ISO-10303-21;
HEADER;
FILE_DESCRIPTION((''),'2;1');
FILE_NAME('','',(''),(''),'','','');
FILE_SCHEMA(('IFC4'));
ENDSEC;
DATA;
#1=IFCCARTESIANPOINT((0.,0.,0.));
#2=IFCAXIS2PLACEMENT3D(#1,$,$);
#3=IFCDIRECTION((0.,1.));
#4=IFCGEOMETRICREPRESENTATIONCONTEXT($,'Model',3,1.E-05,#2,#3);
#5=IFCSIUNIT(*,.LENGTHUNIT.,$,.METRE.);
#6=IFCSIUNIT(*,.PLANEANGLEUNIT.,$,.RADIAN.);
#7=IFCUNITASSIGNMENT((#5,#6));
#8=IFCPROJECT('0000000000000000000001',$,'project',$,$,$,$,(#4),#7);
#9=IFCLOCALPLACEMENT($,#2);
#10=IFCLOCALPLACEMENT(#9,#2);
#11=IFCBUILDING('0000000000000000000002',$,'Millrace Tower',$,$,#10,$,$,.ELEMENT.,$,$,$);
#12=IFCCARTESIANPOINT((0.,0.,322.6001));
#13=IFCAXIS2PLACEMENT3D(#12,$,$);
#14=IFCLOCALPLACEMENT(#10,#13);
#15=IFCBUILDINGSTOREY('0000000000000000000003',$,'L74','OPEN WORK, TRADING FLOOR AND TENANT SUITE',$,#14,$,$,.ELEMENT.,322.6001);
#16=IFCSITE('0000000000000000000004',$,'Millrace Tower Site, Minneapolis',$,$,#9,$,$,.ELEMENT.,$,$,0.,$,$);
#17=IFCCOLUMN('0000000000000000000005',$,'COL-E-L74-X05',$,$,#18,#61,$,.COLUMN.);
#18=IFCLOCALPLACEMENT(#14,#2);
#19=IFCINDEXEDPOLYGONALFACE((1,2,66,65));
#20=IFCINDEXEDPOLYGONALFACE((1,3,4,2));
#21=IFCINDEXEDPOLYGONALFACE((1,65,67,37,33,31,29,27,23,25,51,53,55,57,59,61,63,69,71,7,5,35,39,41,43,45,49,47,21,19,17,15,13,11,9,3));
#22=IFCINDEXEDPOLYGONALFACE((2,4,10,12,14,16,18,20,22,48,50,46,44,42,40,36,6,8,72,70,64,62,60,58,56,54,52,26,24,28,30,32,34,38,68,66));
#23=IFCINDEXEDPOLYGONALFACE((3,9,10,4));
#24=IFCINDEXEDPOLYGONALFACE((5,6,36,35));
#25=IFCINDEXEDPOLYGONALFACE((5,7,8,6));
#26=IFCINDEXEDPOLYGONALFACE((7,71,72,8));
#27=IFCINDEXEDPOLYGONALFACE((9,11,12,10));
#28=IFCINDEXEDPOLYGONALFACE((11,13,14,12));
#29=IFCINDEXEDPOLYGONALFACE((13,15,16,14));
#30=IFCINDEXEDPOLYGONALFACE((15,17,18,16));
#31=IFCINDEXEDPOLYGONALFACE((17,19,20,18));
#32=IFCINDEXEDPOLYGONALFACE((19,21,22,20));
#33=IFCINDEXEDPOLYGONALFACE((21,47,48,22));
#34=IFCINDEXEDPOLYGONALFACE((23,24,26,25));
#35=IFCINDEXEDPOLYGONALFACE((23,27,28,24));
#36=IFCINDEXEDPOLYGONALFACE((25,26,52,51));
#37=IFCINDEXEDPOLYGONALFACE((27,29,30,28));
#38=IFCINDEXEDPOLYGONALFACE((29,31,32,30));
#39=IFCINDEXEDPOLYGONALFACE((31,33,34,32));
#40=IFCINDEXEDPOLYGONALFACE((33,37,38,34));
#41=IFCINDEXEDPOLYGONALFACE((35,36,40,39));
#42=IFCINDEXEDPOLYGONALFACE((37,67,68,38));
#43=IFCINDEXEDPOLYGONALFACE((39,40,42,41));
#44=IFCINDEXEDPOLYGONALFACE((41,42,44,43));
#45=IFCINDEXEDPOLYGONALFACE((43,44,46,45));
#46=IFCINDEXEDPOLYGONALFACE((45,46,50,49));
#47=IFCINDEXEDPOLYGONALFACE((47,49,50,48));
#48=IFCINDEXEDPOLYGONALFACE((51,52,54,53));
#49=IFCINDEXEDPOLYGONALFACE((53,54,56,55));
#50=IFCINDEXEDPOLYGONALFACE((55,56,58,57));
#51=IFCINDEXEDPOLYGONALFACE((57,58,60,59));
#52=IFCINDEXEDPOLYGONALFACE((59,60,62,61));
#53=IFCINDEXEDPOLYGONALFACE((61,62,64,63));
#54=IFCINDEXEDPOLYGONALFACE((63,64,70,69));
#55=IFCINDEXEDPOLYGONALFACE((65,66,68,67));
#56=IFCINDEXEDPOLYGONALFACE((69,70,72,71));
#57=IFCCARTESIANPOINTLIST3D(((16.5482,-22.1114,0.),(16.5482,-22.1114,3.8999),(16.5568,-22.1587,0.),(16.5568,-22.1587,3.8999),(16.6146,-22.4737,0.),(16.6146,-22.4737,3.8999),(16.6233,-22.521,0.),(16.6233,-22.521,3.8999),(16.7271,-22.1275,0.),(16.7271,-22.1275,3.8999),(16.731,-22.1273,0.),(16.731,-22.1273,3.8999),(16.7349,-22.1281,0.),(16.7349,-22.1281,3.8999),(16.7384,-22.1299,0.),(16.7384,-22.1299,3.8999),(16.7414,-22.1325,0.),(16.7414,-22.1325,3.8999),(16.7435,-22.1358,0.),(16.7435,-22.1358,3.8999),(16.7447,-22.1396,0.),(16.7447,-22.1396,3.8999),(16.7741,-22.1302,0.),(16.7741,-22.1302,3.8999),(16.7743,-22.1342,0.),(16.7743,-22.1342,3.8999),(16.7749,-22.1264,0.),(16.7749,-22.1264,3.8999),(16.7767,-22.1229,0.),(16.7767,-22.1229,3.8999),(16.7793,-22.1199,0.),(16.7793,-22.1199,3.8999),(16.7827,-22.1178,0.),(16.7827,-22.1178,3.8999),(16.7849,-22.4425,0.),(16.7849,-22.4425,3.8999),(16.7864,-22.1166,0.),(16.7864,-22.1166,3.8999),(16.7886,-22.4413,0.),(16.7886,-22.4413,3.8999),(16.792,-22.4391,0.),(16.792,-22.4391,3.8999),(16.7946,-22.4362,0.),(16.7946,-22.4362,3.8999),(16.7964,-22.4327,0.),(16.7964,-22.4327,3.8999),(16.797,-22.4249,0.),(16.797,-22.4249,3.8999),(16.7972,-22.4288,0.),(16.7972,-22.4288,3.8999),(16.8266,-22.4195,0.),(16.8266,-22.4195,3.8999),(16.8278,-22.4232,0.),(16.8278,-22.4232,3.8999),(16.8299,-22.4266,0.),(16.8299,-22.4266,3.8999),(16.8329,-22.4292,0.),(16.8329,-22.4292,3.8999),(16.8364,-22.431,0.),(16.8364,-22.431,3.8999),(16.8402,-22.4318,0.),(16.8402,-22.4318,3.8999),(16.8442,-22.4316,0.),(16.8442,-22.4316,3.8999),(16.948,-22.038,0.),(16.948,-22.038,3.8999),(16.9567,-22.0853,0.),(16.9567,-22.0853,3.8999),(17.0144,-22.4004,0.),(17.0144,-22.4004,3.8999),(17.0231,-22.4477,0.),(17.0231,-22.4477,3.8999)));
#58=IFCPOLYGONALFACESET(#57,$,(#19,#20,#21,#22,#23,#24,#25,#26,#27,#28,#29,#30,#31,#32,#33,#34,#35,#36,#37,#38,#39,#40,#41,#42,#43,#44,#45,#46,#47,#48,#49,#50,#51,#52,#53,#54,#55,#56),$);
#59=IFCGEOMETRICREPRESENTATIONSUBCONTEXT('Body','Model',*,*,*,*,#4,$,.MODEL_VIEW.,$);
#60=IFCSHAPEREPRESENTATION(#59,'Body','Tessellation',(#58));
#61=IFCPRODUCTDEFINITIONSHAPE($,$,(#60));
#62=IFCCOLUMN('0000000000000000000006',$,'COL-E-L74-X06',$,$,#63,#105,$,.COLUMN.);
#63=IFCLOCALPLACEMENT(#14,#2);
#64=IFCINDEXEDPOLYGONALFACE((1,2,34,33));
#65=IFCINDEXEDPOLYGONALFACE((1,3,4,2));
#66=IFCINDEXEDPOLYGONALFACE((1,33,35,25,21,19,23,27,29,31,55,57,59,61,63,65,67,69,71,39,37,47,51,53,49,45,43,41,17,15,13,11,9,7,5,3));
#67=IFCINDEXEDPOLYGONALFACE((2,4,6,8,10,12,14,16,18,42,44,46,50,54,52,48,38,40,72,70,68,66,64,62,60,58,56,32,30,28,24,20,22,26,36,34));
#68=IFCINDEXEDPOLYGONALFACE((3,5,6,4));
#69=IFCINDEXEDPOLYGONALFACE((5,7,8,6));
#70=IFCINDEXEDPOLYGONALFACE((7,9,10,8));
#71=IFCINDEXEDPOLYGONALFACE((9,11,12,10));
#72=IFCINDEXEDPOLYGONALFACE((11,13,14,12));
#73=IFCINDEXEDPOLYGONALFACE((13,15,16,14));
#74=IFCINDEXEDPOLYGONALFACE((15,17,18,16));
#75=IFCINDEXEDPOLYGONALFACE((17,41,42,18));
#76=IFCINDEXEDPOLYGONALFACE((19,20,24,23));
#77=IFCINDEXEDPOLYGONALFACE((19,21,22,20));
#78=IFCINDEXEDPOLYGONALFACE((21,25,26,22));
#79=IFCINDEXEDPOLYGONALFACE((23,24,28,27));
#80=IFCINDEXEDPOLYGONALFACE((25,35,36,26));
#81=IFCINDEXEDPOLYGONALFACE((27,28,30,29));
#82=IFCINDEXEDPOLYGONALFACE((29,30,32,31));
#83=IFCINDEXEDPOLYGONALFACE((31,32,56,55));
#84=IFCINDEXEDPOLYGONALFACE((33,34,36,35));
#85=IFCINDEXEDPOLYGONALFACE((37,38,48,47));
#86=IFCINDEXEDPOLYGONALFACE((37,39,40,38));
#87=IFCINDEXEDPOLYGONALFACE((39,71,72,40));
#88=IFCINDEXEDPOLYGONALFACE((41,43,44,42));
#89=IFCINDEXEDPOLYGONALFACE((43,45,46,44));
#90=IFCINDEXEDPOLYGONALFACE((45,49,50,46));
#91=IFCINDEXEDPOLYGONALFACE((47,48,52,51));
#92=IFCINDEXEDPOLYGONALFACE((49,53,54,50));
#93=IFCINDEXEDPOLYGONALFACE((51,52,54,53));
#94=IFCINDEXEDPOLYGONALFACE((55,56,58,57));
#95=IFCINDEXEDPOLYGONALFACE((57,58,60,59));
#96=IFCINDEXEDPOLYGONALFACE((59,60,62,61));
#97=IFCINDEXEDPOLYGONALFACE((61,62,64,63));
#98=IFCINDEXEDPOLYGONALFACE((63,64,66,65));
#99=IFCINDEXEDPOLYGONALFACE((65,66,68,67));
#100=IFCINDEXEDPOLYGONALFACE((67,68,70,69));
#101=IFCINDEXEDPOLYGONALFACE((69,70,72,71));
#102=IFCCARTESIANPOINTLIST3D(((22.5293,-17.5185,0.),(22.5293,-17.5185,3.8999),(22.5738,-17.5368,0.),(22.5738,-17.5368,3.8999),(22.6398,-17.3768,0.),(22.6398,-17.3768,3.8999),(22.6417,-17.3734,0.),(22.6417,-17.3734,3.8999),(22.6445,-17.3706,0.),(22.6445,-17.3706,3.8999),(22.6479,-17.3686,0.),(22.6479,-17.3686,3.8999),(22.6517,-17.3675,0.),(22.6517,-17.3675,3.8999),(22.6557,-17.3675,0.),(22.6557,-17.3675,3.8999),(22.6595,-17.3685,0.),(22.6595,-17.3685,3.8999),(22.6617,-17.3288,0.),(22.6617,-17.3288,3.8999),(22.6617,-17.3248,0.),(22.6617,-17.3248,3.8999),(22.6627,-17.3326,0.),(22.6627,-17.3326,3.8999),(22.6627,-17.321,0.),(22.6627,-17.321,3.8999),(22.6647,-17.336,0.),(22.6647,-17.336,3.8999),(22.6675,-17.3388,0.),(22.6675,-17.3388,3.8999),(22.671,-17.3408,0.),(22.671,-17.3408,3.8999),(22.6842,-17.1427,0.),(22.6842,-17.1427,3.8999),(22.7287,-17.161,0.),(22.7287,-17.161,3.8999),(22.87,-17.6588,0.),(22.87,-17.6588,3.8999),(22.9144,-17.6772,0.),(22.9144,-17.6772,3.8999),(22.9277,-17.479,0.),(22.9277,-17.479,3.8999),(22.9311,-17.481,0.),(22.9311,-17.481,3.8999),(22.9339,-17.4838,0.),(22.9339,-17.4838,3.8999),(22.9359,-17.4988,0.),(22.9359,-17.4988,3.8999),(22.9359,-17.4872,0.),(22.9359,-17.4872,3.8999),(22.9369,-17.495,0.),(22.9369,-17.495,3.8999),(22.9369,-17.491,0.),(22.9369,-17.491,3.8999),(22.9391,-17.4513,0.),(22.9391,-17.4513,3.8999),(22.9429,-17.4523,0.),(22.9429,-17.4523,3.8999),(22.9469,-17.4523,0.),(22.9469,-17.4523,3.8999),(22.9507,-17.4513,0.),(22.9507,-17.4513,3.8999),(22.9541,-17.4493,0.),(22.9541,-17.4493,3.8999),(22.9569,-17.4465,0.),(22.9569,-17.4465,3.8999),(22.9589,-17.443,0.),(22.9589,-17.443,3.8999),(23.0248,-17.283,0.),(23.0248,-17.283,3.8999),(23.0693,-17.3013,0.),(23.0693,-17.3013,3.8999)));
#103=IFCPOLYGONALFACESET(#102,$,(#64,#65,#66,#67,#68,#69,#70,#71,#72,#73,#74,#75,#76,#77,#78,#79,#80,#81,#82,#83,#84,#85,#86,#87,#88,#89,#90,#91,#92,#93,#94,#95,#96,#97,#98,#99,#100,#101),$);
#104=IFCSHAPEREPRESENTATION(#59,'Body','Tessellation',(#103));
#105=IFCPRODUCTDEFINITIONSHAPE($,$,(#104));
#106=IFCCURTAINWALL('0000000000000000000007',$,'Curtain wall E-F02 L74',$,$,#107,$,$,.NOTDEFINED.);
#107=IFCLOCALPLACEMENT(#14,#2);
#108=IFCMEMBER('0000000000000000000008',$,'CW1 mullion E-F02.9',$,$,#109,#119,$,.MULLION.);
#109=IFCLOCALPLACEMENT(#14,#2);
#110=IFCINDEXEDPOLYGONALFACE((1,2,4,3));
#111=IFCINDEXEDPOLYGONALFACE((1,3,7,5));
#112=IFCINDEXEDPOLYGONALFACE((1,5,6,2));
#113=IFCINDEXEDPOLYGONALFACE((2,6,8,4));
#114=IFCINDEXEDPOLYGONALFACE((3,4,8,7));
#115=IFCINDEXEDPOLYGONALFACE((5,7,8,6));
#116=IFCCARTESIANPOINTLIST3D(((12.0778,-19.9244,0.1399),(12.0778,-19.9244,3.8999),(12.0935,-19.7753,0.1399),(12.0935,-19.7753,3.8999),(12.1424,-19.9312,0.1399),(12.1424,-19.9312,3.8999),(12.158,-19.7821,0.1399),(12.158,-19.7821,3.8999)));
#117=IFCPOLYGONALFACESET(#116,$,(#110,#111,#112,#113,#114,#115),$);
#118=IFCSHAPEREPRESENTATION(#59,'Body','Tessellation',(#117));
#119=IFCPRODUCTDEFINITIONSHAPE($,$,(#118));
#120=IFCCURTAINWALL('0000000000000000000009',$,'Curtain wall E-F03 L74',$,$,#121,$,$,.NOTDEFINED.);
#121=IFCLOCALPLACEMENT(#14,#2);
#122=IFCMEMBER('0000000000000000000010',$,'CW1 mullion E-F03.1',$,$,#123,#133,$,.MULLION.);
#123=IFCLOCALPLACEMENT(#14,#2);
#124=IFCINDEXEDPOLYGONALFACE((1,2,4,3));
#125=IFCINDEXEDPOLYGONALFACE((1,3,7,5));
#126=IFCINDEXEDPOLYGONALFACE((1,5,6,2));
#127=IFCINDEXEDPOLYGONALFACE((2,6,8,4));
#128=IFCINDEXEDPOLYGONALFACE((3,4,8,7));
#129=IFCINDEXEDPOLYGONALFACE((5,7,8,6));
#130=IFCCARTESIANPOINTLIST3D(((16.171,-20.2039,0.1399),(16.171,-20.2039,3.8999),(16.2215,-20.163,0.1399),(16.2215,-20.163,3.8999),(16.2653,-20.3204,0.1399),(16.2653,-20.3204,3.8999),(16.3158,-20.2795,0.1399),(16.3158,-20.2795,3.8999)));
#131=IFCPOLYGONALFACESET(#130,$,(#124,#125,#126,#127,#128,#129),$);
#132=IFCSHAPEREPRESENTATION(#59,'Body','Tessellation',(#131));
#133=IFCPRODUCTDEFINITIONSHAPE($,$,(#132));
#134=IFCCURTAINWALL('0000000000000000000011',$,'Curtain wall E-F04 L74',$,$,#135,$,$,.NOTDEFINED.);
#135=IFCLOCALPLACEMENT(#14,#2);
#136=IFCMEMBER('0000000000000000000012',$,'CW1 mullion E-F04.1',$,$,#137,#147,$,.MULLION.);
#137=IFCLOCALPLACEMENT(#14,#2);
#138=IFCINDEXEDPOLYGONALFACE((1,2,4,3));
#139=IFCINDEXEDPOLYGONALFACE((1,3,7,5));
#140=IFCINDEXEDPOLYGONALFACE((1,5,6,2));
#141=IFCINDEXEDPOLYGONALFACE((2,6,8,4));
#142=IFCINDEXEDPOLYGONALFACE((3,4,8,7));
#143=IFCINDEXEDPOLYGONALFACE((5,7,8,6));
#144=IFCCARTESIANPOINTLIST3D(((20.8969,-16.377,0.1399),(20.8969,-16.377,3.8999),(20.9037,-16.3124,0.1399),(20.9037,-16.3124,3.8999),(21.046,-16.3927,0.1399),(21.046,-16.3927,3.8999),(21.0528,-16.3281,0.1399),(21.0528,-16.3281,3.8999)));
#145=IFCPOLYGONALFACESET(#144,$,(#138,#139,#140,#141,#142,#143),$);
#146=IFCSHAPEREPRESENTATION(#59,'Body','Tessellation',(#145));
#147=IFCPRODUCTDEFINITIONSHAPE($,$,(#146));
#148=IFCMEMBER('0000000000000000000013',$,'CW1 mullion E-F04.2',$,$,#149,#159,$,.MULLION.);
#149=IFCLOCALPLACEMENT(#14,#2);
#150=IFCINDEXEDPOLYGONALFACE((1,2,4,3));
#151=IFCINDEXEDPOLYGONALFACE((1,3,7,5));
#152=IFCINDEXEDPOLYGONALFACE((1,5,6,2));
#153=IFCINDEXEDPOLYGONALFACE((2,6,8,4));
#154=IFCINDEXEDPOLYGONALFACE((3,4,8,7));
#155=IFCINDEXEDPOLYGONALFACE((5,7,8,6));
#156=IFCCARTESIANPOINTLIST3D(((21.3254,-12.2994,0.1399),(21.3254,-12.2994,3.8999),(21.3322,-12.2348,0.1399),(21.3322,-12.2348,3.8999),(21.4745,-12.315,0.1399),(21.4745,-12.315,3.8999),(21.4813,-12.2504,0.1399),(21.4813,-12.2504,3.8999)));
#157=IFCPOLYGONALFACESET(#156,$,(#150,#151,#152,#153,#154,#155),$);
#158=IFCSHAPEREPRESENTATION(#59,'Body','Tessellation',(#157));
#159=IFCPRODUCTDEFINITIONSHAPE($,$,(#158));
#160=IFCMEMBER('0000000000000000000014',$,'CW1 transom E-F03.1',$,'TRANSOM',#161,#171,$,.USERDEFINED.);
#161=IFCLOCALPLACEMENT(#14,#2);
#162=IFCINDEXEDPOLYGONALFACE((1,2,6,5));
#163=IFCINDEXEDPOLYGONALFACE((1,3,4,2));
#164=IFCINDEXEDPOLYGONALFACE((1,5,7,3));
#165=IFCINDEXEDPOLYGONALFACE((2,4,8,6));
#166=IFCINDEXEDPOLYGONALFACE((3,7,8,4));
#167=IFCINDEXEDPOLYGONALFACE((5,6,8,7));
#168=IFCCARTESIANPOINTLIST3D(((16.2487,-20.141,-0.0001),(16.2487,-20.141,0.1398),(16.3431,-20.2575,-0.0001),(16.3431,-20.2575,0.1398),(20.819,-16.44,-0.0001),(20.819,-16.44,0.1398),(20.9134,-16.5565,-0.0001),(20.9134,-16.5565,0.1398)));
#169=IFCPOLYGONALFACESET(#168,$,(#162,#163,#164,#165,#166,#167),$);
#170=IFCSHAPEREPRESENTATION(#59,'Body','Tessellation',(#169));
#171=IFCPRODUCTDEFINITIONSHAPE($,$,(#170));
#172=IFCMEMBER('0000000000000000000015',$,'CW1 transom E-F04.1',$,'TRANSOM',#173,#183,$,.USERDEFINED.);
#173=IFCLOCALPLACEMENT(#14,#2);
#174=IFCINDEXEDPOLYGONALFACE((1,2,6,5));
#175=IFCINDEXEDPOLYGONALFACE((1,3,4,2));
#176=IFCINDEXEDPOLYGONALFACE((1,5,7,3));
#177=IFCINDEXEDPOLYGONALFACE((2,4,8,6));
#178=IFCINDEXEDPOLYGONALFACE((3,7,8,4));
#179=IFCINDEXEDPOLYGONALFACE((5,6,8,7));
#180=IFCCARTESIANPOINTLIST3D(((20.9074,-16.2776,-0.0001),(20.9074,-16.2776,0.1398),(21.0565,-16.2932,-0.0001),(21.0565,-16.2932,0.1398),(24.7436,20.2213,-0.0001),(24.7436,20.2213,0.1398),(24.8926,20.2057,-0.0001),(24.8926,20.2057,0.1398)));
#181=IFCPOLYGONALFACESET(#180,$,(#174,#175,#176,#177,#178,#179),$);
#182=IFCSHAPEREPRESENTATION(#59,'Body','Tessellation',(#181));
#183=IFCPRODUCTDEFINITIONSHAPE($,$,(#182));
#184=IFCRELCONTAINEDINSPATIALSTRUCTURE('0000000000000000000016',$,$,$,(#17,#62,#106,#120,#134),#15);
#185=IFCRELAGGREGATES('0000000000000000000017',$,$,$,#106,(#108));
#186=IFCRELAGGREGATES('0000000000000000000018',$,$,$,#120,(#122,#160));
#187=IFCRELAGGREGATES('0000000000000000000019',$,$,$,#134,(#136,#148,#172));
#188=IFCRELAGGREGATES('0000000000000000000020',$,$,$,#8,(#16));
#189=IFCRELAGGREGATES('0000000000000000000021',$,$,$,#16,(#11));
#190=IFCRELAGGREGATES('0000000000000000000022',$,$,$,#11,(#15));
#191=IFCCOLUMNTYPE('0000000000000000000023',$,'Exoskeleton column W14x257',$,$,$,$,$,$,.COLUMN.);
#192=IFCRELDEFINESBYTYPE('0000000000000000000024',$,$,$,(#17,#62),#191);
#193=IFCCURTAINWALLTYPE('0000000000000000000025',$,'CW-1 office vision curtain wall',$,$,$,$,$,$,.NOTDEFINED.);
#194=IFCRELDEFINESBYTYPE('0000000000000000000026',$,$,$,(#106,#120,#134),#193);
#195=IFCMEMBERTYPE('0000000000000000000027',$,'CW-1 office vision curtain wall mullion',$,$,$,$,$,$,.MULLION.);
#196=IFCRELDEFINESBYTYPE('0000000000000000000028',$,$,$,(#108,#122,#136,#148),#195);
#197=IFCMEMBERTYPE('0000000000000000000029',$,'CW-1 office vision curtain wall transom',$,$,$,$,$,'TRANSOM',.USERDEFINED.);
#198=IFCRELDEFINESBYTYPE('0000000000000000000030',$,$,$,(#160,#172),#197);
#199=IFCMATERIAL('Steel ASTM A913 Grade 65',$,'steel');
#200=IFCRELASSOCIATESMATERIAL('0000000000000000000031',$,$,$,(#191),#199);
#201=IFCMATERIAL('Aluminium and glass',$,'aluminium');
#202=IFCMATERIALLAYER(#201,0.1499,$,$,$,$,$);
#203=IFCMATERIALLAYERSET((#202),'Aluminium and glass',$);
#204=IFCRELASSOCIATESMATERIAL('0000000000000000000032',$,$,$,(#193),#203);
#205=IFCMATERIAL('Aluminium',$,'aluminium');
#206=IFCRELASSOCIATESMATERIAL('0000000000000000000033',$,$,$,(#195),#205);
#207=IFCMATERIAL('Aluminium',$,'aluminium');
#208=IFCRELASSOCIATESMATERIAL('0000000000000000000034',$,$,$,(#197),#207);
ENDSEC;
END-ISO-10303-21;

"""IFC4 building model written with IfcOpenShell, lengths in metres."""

from ifc_helpers import new_model, si_unit, direction, frame, origin, origin_2d, place, context, subcontext, project, spatial, rectangle, i_section, extrude, material, layer, layer_set, material_profile, profile_set, type_object, element, aggregate, save


model = new_model("IFC4")

# Units and contexts
model_context = context("Model", 3, precision=1e-05, world=origin(), true_north=direction((0.0, 1.0)))
body_context = subcontext(model_context, "Body", "Model", "MODEL_VIEW")
ifc_project = project(units=[si_unit("LENGTHUNIT", "METRE"), si_unit("PLANEANGLEUNIT", "RADIAN")], contexts=[model_context])

# Site, building, storey
site_placement = place(None, origin())
site = spatial("IfcSite", under=ifc_project, at=site_placement, Name="Millrace Tower Site, Minneapolis", CompositionType="ELEMENT", RefElevation=0.0)
building_placement = place(site_placement, origin())
building = spatial("IfcBuilding", under=site, at=building_placement, Name="Millrace Tower", CompositionType="ELEMENT")
storey_placement = place(building_placement, frame((0.0, 0.0, 322.6001)))
storey = spatial("IfcBuildingStorey", under=building, at=storey_placement, Name="L74", Description="OPEN WORK, TRADING FLOOR AND TENANT SUITE", CompositionType="ELEMENT", Elevation=322.6001)

# Columns
ifc_material_1 = material(Name="Steel ASTM A913 Grade 65", Category="steel")
ifc_material_profile_1 = material_profile(ifc_material_1, i_section(OverallWidth=0.4065, OverallDepth=0.4165, WebThickness=0.03, FlangeThickness=0.0481, FilletRadius=0.0151, at=origin_2d()))
ifc_profile_set_1 = profile_set([ifc_material_profile_1], Name="Steel ASTM A913 Grade 65")
column_type = type_object("IfcColumnType", Name="Exoskeleton column W14x257", PredefinedType="COLUMN", material=ifc_profile_set_1)
for number, where, z_axis, x_axis, name in (
    (1, (16.7856, -22.2795, 0.0), (0.0, 0.0, 1.0), (0.983596, 0.180387, 0.0), "COL-E-L74-X05"),
    (2, (22.7993, -17.4099, 0.0), (0.0, 0.0, 1.0), (0.380947, 0.924597, 0.0), "COL-E-L74-X06"),
):
    element("IfcColumn", number, at=place(storey_placement, frame(where, z_axis=z_axis, x_axis=x_axis)), inside=storey, type_object=column_type, Name=name, PredefinedType="COLUMN", context=body_context, shape_type="SweptSolid", body=[
        extrude(i_section(OverallWidth=0.4065, OverallDepth=0.4165, WebThickness=0.03, FlangeThickness=0.0481, FilletRadius=0.0151, at=origin_2d()), origin(), (0.0, 0.0, 1.0), 3.8999),
    ])

# Curtain walls, members
ifc_material_2 = material(Name="Aluminium and glass", Category="aluminium")
ifc_layer_1 = layer(ifc_material_2, 0.1499)
ifc_layer_set_1 = layer_set([ifc_layer_1], Name="Aluminium and glass")
curtain_wall_type = type_object("IfcCurtainWallType", Name="CW-1 office vision curtain wall", PredefinedType="NOTDEFINED", material=ifc_layer_set_1)
placement = place(storey_placement, origin())
curtain_wall_1 = element("IfcCurtainWall", 3, at=placement, inside=storey, type_object=curtain_wall_type, Name="Curtain wall E-F02 L74", PredefinedType="NOTDEFINED")
ifc_material_3 = material(Name="Aluminium", Category="aluminium")
ifc_material_profile_2 = material_profile(ifc_material_3, rectangle(XDim=0.0649, YDim=0.1499, at=origin_2d()))
ifc_profile_set_2 = profile_set([ifc_material_profile_2], Name="Aluminium")
member_type_1 = type_object("IfcMemberType", Name="CW-1 office vision curtain wall mullion", PredefinedType="MULLION", material=ifc_profile_set_2)
member_1_placement = place(storey_placement, frame((12.1179, -19.8533, 0.1399), z_axis=(0.0, 0.0, 1.0), x_axis=(0.994522, -0.104528, 0.0)))
member_1 = element("IfcMember", 4, at=member_1_placement, type_object=member_type_1, Name="CW1 mullion E-F02.9", PredefinedType="MULLION", context=body_context, shape_type="SweptSolid", body=[
    extrude(rectangle(XDim=0.0649, YDim=0.1499, at=origin_2d()), origin(), (0.0, 0.0, 1.0), 3.76),
])
aggregate(curtain_wall_1, [member_1])
curtain_wall_2 = element("IfcCurtainWall", 5, at=placement, inside=storey, type_object=curtain_wall_type, Name="Curtain wall E-F03 L74", PredefinedType="NOTDEFINED")
member_2_placement = place(storey_placement, frame((16.2434, -20.2417, 0.1399), z_axis=(0.0, 0.0, 1.0), x_axis=(0.777146, 0.62932, 0.0)))
member_2 = element("IfcMember", 6, at=member_2_placement, type_object=member_type_1, Name="CW1 mullion E-F03.1", PredefinedType="MULLION", context=body_context, shape_type="SweptSolid", body=[
    extrude(rectangle(XDim=0.0649, YDim=0.1499, at=origin_2d()), origin(), (0.0, 0.0, 1.0), 3.76),
])

# Curtain wall, members
curtain_wall_3 = element("IfcCurtainWall", 7, at=placement, inside=storey, type_object=curtain_wall_type, Name="Curtain wall E-F04 L74", PredefinedType="NOTDEFINED")
member_3_placement = place(storey_placement, frame((20.9749, -16.3525, 0.1399), z_axis=(0.0, 0.0, 1.0), x_axis=(0.104528, 0.994522, 0.0)))
member_3 = element("IfcMember", 8, at=member_3_placement, type_object=member_type_1, Name="CW1 mullion E-F04.1", PredefinedType="MULLION", context=body_context, shape_type="SweptSolid", body=[
    extrude(rectangle(XDim=0.0649, YDim=0.1499, at=origin_2d()), origin(), (0.0, 0.0, 1.0), 3.76),
])
member_4_placement = place(storey_placement, frame((21.4033, -12.2749, 0.1399), z_axis=(0.0, 0.0, 1.0), x_axis=(0.104528, 0.994522, 0.0)))
member_4 = element("IfcMember", 9, at=member_4_placement, type_object=member_type_1, Name="CW1 mullion E-F04.2", PredefinedType="MULLION", context=body_context, shape_type="SweptSolid", body=[
    extrude(rectangle(XDim=0.0649, YDim=0.1499, at=origin_2d()), origin(), (0.0, 0.0, 1.0), 3.76),
])

# Members
ifc_material_4 = material(Name="Aluminium", Category="aluminium")
ifc_material_profile_3 = material_profile(ifc_material_4, rectangle(XDim=0.1499, YDim=0.1399, at=origin_2d()))
ifc_profile_set_3 = profile_set([ifc_material_profile_3], Name="Aluminium")
member_type_2 = type_object("IfcMemberType", Name="CW-1 office vision curtain wall transom", ElementType="TRANSOM", PredefinedType="USERDEFINED", material=ifc_profile_set_3)
member_5_placement = place(storey_placement, frame((16.2959, -20.1992, 0.0698), z_axis=(0.777149, 0.629316, 0.0), x_axis=(-0.629316, 0.777149, 0.0)))
member_5 = element("IfcMember", 10, at=member_5_placement, type_object=member_type_2, Name="CW1 transom E-F03.1", ObjectType="TRANSOM", PredefinedType="USERDEFINED", context=body_context, shape_type="SweptSolid", body=[
    extrude(rectangle(XDim=0.1499, YDim=0.1399, at=origin_2d()), origin(), (0.0, 0.0, 1.0), 5.8809),
])
aggregate(curtain_wall_2, [member_2, member_5])
member_6_placement = place(storey_placement, frame((20.9819, -16.2854, 0.0698), z_axis=(0.104528, 0.994522, 0.0), x_axis=(-0.994522, 0.104528, 0.0)))
member_6 = element("IfcMember", 11, at=member_6_placement, type_object=member_type_2, Name="CW1 transom E-F04.1", ObjectType="TRANSOM", PredefinedType="USERDEFINED", context=body_context, shape_type="SweptSolid", body=[
    extrude(rectangle(XDim=0.1499, YDim=0.1399, at=origin_2d()), origin(), (0.0, 0.0, 1.0), 36.7),
])
aggregate(curtain_wall_3, [member_3, member_4, member_6])

save(model, "model.ifc")
